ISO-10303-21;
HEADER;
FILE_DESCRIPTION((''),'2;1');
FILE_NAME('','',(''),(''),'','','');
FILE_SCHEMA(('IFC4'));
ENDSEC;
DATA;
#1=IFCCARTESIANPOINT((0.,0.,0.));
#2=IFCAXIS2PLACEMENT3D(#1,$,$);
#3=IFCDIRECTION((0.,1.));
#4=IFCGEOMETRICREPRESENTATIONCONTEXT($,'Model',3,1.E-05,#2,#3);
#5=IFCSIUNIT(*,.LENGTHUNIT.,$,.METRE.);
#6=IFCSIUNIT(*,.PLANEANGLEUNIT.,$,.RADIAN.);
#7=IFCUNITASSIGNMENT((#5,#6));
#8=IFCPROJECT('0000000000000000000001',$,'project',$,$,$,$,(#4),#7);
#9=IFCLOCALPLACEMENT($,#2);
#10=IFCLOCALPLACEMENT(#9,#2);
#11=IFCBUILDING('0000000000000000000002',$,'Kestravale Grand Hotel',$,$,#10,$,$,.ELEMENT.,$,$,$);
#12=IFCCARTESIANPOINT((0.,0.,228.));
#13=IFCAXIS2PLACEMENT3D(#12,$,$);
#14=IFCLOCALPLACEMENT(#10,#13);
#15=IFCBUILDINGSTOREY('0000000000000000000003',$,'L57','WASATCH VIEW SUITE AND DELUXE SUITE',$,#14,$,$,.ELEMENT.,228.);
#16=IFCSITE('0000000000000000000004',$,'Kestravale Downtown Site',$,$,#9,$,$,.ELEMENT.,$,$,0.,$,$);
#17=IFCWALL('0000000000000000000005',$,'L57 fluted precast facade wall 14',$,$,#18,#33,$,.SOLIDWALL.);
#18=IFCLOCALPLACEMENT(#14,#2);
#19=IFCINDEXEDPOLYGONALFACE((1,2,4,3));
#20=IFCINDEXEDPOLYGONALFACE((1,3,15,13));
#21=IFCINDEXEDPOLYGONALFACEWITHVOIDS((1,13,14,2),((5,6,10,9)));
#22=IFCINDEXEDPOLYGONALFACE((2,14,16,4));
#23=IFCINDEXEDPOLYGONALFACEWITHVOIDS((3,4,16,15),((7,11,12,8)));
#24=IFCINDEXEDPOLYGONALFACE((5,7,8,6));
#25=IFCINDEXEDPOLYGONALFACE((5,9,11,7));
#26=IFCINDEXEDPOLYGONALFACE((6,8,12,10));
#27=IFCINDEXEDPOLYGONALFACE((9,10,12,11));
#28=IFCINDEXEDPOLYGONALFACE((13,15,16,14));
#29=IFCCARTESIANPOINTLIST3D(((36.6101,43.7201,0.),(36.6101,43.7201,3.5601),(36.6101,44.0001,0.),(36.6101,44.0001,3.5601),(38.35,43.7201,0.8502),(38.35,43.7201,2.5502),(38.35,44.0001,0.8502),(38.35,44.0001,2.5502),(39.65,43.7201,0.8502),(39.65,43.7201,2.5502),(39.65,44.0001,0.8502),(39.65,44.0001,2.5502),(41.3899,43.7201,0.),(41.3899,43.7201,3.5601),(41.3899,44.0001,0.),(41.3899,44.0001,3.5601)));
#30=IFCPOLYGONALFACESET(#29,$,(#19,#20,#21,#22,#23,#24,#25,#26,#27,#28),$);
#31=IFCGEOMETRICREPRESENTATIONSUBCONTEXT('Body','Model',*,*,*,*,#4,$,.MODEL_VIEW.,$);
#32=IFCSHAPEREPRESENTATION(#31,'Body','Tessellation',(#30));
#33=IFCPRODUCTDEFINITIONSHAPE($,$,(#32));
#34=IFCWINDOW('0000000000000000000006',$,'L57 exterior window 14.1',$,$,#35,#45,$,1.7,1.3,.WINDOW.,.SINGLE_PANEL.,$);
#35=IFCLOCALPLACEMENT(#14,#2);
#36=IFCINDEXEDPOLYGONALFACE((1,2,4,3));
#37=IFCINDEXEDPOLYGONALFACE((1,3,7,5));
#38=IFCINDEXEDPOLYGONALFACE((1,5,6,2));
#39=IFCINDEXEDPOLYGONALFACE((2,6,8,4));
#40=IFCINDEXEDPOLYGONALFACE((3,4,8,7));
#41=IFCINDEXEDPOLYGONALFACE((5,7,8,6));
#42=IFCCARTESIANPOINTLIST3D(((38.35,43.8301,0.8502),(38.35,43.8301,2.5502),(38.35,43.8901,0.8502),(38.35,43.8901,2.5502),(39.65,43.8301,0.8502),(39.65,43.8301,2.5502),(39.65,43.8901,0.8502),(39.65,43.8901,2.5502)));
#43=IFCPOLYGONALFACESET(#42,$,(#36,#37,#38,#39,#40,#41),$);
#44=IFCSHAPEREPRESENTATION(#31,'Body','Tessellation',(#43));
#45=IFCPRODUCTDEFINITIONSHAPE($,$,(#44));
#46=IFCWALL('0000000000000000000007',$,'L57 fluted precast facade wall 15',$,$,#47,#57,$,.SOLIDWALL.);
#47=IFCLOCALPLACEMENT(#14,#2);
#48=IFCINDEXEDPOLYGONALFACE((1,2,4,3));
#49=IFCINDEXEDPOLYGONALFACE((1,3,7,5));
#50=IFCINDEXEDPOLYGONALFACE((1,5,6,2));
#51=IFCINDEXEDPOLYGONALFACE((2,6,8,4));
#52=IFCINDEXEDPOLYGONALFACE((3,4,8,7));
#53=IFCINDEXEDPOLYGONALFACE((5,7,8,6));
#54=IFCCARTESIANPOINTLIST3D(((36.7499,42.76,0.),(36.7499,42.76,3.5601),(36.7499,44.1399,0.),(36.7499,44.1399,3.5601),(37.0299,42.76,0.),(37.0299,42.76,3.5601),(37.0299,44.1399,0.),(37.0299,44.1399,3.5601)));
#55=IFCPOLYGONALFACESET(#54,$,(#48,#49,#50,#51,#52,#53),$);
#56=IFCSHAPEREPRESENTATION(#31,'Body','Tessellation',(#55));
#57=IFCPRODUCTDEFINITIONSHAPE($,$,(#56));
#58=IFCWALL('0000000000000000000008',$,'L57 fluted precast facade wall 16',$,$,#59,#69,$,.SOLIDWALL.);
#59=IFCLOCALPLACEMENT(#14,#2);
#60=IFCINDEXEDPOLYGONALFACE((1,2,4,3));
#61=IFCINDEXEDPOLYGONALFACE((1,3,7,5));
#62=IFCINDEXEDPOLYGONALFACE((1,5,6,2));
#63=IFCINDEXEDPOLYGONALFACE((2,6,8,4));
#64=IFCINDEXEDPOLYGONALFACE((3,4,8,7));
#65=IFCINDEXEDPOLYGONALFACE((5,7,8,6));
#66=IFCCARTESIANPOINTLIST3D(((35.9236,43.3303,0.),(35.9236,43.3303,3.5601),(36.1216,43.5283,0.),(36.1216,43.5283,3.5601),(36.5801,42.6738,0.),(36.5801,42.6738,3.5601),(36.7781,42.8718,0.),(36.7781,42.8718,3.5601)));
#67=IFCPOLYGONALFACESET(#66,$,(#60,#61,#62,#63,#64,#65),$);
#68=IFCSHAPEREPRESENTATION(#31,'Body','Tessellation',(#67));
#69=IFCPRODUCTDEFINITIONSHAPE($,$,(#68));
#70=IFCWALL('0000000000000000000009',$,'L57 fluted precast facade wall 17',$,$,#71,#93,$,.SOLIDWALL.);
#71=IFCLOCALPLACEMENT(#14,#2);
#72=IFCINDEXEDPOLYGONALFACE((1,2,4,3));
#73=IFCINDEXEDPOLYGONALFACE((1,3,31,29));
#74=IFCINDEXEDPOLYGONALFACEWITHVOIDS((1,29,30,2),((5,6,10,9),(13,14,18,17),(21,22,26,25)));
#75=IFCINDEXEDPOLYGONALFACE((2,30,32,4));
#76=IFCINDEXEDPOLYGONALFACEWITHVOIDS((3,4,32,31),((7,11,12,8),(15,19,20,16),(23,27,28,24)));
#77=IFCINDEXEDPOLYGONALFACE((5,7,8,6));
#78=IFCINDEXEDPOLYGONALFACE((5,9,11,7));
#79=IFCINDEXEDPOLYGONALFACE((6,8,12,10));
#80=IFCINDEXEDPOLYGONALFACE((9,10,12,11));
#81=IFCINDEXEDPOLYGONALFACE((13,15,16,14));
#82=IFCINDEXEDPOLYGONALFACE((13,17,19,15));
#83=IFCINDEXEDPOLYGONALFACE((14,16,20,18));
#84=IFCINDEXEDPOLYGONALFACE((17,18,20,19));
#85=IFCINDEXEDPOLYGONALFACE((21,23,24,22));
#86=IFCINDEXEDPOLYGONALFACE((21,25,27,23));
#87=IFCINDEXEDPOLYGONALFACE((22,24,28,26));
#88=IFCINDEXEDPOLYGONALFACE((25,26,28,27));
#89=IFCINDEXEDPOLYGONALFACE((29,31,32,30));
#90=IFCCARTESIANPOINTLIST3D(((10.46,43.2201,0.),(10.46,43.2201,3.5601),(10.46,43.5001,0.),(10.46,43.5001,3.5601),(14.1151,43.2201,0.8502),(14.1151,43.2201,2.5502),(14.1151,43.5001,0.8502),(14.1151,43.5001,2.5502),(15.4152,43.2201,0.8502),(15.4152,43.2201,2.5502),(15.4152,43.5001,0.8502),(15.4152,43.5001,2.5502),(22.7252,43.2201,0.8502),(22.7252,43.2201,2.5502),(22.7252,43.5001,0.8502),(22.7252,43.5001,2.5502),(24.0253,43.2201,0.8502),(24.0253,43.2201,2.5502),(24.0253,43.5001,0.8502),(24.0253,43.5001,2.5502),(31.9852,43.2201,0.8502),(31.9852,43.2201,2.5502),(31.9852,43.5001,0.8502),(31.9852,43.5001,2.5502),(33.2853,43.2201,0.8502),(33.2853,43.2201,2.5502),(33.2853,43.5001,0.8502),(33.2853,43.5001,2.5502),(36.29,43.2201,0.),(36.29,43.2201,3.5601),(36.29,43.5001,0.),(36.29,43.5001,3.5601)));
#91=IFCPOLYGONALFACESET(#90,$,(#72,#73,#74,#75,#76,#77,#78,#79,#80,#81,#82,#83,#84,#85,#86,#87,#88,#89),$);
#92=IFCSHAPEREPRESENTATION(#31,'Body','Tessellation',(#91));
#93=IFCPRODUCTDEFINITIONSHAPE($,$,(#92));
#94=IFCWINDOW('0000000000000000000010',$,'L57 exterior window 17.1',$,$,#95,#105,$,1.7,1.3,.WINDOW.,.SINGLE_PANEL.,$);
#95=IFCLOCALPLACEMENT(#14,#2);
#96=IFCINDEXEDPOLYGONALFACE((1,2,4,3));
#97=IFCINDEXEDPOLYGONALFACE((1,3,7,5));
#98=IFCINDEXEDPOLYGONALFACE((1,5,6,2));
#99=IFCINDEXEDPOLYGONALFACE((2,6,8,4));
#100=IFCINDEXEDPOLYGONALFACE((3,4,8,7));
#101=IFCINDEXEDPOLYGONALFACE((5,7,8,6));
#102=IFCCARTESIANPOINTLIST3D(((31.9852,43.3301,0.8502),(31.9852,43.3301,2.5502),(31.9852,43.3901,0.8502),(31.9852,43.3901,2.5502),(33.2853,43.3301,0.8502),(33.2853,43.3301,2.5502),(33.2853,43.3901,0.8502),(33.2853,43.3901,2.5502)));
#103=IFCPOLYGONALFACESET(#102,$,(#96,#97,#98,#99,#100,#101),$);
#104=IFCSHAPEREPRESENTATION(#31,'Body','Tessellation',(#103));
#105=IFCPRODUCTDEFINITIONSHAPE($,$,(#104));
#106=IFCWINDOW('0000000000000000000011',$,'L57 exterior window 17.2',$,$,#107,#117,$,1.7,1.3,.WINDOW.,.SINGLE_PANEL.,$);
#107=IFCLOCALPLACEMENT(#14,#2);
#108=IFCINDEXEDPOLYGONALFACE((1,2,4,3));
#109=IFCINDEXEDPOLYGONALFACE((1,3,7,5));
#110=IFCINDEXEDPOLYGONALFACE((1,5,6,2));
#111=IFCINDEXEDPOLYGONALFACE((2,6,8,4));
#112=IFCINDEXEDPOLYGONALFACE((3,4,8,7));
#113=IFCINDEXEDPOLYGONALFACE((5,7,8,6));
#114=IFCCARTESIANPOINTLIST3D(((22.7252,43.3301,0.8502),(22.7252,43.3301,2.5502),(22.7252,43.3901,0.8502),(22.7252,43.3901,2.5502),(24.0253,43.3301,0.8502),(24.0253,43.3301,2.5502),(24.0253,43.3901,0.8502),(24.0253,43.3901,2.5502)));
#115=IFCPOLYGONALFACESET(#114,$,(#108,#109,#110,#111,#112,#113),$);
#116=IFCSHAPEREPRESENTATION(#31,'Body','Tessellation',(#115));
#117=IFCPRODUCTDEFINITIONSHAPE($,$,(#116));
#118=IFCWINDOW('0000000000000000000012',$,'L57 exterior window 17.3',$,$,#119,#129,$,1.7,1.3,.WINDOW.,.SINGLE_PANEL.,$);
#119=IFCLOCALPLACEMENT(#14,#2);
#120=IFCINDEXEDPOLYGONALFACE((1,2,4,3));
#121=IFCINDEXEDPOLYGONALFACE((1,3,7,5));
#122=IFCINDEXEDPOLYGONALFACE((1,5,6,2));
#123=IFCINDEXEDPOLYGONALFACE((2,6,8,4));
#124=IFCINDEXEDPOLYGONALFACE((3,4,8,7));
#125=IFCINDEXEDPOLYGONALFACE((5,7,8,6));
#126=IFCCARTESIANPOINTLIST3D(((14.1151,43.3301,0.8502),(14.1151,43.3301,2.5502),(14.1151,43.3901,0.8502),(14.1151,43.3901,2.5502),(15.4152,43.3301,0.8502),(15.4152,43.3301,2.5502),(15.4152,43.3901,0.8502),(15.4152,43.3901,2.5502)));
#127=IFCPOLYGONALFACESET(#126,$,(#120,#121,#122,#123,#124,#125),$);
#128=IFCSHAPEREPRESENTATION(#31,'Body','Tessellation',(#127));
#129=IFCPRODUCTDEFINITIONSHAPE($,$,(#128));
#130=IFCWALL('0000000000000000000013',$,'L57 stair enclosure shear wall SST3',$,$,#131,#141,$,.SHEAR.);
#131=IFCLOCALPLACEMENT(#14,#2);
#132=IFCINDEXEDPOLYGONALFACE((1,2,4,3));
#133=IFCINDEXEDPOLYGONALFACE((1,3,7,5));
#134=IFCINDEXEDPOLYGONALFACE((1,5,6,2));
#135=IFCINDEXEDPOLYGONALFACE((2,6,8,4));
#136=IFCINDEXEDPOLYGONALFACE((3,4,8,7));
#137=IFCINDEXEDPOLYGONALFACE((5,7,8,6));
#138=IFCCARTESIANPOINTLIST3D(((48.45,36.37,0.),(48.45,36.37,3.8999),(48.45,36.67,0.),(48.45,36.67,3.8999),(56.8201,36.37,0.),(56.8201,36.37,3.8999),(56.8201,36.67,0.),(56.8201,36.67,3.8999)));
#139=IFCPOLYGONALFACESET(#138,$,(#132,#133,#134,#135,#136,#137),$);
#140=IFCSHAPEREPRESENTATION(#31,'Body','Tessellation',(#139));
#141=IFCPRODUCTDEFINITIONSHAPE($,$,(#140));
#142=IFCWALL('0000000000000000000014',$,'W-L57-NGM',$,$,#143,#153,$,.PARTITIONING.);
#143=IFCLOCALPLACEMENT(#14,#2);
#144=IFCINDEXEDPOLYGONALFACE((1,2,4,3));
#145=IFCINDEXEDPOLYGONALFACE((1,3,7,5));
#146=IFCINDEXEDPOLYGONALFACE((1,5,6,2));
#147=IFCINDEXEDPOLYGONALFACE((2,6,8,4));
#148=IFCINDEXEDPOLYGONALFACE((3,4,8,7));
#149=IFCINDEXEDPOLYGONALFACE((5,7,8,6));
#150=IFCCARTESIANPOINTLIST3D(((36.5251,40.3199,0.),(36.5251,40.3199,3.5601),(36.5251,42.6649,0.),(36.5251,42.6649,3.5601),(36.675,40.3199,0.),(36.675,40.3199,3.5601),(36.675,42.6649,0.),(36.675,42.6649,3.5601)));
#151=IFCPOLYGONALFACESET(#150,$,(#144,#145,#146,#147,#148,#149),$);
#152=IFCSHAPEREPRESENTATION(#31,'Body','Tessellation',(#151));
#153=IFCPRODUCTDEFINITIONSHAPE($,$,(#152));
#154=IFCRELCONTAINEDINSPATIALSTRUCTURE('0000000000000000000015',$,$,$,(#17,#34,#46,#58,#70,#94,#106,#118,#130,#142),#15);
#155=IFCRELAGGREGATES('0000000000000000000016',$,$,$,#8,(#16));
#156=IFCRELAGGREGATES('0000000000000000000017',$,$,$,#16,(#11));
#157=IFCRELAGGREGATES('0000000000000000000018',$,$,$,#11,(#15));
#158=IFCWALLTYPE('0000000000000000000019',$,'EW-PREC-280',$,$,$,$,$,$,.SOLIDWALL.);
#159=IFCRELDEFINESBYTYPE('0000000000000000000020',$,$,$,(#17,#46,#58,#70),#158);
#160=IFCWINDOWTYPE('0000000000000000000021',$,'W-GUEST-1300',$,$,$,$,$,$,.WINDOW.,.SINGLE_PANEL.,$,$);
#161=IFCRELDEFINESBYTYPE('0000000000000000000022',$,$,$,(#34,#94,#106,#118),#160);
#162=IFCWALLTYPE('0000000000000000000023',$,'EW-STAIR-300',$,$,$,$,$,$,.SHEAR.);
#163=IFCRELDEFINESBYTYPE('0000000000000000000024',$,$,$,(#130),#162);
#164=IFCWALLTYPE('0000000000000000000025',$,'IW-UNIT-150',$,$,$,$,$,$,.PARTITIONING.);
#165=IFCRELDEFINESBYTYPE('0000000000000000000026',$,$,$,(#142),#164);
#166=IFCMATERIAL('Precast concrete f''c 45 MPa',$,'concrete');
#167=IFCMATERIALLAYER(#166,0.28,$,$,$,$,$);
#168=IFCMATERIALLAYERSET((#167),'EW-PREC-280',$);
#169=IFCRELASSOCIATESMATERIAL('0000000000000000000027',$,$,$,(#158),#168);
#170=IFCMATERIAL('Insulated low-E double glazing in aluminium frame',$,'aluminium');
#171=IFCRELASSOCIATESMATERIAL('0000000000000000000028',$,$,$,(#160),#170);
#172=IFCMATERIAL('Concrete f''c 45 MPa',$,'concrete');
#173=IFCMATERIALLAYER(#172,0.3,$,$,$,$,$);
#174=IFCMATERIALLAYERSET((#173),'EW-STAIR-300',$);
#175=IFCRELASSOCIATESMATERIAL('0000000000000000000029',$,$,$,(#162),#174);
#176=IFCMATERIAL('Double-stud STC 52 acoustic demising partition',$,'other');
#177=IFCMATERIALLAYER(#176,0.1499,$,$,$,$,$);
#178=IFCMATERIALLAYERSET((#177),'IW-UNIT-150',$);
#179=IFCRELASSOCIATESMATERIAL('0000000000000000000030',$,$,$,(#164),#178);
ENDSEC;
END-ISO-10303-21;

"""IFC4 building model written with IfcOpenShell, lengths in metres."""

from ifc_helpers import new_model, si_unit, direction, frame, frame_2d, origin, place, context, subcontext, project, spatial, rectangle, extrude, material, layer, layer_set, type_object, element, fill, save


model = new_model("IFC4")

# Units and contexts
model_context = context("Model", 3, precision=1e-05, world=origin(), true_north=direction((0.0, 1.0)))
body_context = subcontext(model_context, "Body", "Model", "MODEL_VIEW")
ifc_project = project(units=[si_unit("LENGTHUNIT", "METRE"), si_unit("PLANEANGLEUNIT", "RADIAN")], contexts=[model_context])

# Site, building, storey
site_placement = place(None, origin())
site = spatial("IfcSite", under=ifc_project, at=site_placement, Name="Kestravale Downtown Site", CompositionType="ELEMENT", RefElevation=0.0)
building_placement = place(site_placement, origin())
building = spatial("IfcBuilding", under=site, at=building_placement, Name="Kestravale Grand Hotel", CompositionType="ELEMENT")
storey_placement = place(building_placement, frame((0.0, 0.0, 228.0)))
storey = spatial("IfcBuildingStorey", under=building, at=storey_placement, Name="L57", Description="WASATCH VIEW SUITE AND DELUXE SUITE", CompositionType="ELEMENT", Elevation=228.0)

# Shared definitions
ifc_material_1 = material(Name="Precast concrete f'c 45 MPa", Category="concrete")
ifc_layer_1 = layer(ifc_material_1, 0.28)
ifc_layer_set_1 = layer_set([ifc_layer_1], Name="EW-PREC-280")
wall_type_1 = type_object("IfcWallType", Name="EW-PREC-280", PredefinedType="SOLIDWALL", material=ifc_layer_set_1)

# Wall, opening, window
ifc_material_2 = material(Name="Insulated low-E double glazing in aluminium frame", Category="aluminium")
window_type = type_object("IfcWindowType", Name="W-GUEST-1300", PartitioningType="SINGLE_PANEL", PredefinedType="WINDOW", material=ifc_material_2)
wall_1_placement = place(storey_placement, frame((41.3899, 43.8601, 0.0), z_axis=(0.0, 0.0, 1.0), x_axis=(-1.0, 0.0, 0.0)))
wall_1 = element("IfcWall", 1, at=wall_1_placement, inside=storey, type_object=wall_type_1, Name="L57 fluted precast facade wall 14", PredefinedType="SOLIDWALL", context=body_context, shape_type="SweptSolid", body=[
    extrude(rectangle(XDim=4.7798, YDim=0.28, at=frame_2d((2.3899, 0.0))), origin(), (0.0, 0.0, 1.0), 3.5601),
])
opening_1_placement = place(wall_1_placement, frame((1.74, 0.0, 0.8501)))
opening_1 = element("IfcOpeningElement", 2, at=opening_1_placement, cuts=wall_1, PredefinedType="OPENING", context=body_context, shape_type="SweptSolid", body=[
    extrude(rectangle(XDim=1.3, YDim=1.7, at=frame_2d((0.6499, 0.8501))), frame((0.0, 0.1499, 0.0), z_axis=(0.0, -1.0, 0.0), x_axis=(1.0, 0.0, 0.0)), (0.0, 0.0, 1.0), 0.3),
])
window_1_placement = place(opening_1_placement, origin())
window_1 = element("IfcWindow", 3, at=window_1_placement, inside=storey, type_object=window_type, Name="L57 exterior window 14.1", OverallHeight=1.7, OverallWidth=1.3, PartitioningType="SINGLE_PANEL", PredefinedType="WINDOW", context=body_context, shape_type="SweptSolid", body=[
    extrude(rectangle(XDim=1.3, YDim=1.7, at=frame_2d((0.6499, 0.8501))), frame((0.0, 0.03, 0.0), z_axis=(0.0, -1.0, 0.0), x_axis=(1.0, 0.0, 0.0)), (0.0, 0.0, 1.0), 0.0601),
])
fill(opening_1, window_1)

# Walls
wall_2_placement = place(storey_placement, frame((36.8899, 44.1399, 0.0), z_axis=(0.0, 0.0, 1.0), x_axis=(0.0, -1.0, 0.0)))
element("IfcWall", 4, at=wall_2_placement, inside=storey, type_object=wall_type_1, Name="L57 fluted precast facade wall 15", PredefinedType="SOLIDWALL", context=body_context, shape_type="SweptSolid", body=[
    extrude(rectangle(XDim=1.3799, YDim=0.28, at=frame_2d((0.6899, 0.0))), origin(), (0.0, 0.0, 1.0), 3.5601),
])
wall_3_placement = place(storey_placement, frame((36.6792, 42.7727, 0.0), z_axis=(0.0, 0.0, 1.0), x_axis=(-0.707107, 0.707107, 0.0)))
element("IfcWall", 5, at=wall_3_placement, inside=storey, type_object=wall_type_1, Name="L57 fluted precast facade wall 16", PredefinedType="SOLIDWALL", context=body_context, shape_type="SweptSolid", body=[
    extrude(rectangle(XDim=0.9285, YDim=0.28, at=frame_2d((0.4644, 0.0))), origin(), (0.0, 0.0, 1.0), 3.5601),
])

# Wall, openings, windows
wall_4_placement = place(storey_placement, frame((36.29, 43.3601, 0.0), z_axis=(0.0, 0.0, 1.0), x_axis=(-1.0, 0.0, 0.0)))
wall_4 = element("IfcWall", 6, at=wall_4_placement, inside=storey, type_object=wall_type_1, Name="L57 fluted precast facade wall 17", PredefinedType="SOLIDWALL", context=body_context, shape_type="SweptSolid", body=[
    extrude(rectangle(XDim=25.8301, YDim=0.28, at=frame_2d((12.915, 0.0))), origin(), (0.0, 0.0, 1.0), 3.5601),
])
opening_2_placement = place(wall_4_placement, frame((3.0049, 0.0, 0.8501)))
opening_2 = element("IfcOpeningElement", 7, at=opening_2_placement, cuts=wall_4, PredefinedType="OPENING", context=body_context, shape_type="SweptSolid", body=[
    extrude(rectangle(XDim=1.3, YDim=1.7, at=frame_2d((0.6499, 0.8501))), frame((0.0, 0.1499, 0.0), z_axis=(0.0, -1.0, 0.0), x_axis=(1.0, 0.0, 0.0)), (0.0, 0.0, 1.0), 0.3),
])
opening_3_placement = place(wall_4_placement, frame((12.2649, 0.0, 0.8501)))
opening_3 = element("IfcOpeningElement", 8, at=opening_3_placement, cuts=wall_4, PredefinedType="OPENING", context=body_context, shape_type="SweptSolid", body=[
    extrude(rectangle(XDim=1.3, YDim=1.7, at=frame_2d((0.6499, 0.8501))), frame((0.0, 0.1499, 0.0), z_axis=(0.0, -1.0, 0.0), x_axis=(1.0, 0.0, 0.0)), (0.0, 0.0, 1.0), 0.3),
])
opening_4_placement = place(wall_4_placement, frame((20.875, 0.0, 0.8501)))
opening_4 = element("IfcOpeningElement", 9, at=opening_4_placement, cuts=wall_4, PredefinedType="OPENING", context=body_context, shape_type="SweptSolid", body=[
    extrude(rectangle(XDim=1.3, YDim=1.7, at=frame_2d((0.6499, 0.8501))), frame((0.0, 0.1499, 0.0), z_axis=(0.0, -1.0, 0.0), x_axis=(1.0, 0.0, 0.0)), (0.0, 0.0, 1.0), 0.3),
])
window_2_placement = place(opening_2_placement, origin())
window_2 = element("IfcWindow", 10, at=window_2_placement, inside=storey, type_object=window_type, Name="L57 exterior window 17.1", OverallHeight=1.7, OverallWidth=1.3, PartitioningType="SINGLE_PANEL", PredefinedType="WINDOW", context=body_context, shape_type="SweptSolid", body=[
    extrude(rectangle(XDim=1.3, YDim=1.7, at=frame_2d((0.6499, 0.8501))), frame((0.0, 0.03, 0.0), z_axis=(0.0, -1.0, 0.0), x_axis=(1.0, 0.0, 0.0)), (0.0, 0.0, 1.0), 0.0601),
])
fill(opening_2, window_2)
window_3_placement = place(opening_3_placement, origin())
window_3 = element("IfcWindow", 11, at=window_3_placement, inside=storey, type_object=window_type, Name="L57 exterior window 17.2", OverallHeight=1.7, OverallWidth=1.3, PartitioningType="SINGLE_PANEL", PredefinedType="WINDOW", context=body_context, shape_type="SweptSolid", body=[
    extrude(rectangle(XDim=1.3, YDim=1.7, at=frame_2d((0.6499, 0.8501))), frame((0.0, 0.03, 0.0), z_axis=(0.0, -1.0, 0.0), x_axis=(1.0, 0.0, 0.0)), (0.0, 0.0, 1.0), 0.0601),
])
fill(opening_3, window_3)
window_4_placement = place(opening_4_placement, origin())
window_4 = element("IfcWindow", 12, at=window_4_placement, inside=storey, type_object=window_type, Name="L57 exterior window 17.3", OverallHeight=1.7, OverallWidth=1.3, PartitioningType="SINGLE_PANEL", PredefinedType="WINDOW", context=body_context, shape_type="SweptSolid", body=[
    extrude(rectangle(XDim=1.3, YDim=1.7, at=frame_2d((0.6499, 0.8501))), frame((0.0, 0.03, 0.0), z_axis=(0.0, -1.0, 0.0), x_axis=(1.0, 0.0, 0.0)), (0.0, 0.0, 1.0), 0.0601),
])
fill(opening_4, window_4)

# Walls
ifc_material_3 = material(Name="Concrete f'c 45 MPa", Category="concrete")
ifc_layer_2 = layer(ifc_material_3, 0.3)
ifc_layer_set_2 = layer_set([ifc_layer_2], Name="EW-STAIR-300")
wall_type_2 = type_object("IfcWallType", Name="EW-STAIR-300", PredefinedType="SHEAR", material=ifc_layer_set_2)
wall_5_placement = place(storey_placement, frame((48.45, 36.52, 0.0), z_axis=(0.0, 0.0, 1.0), x_axis=(1.0, 0.0, 0.0)))
element("IfcWall", 13, at=wall_5_placement, inside=storey, type_object=wall_type_2, Name="L57 stair enclosure shear wall SST3", PredefinedType="SHEAR", context=body_context, shape_type="SweptSolid", body=[
    extrude(rectangle(XDim=8.3701, YDim=0.3, at=frame_2d((4.1851, 0.0))), origin(), (0.0, 0.0, 1.0), 3.8999),
])
ifc_material_4 = material(Name="Double-stud STC 52 acoustic demising partition", Category="other")
ifc_layer_3 = layer(ifc_material_4, 0.1499)
ifc_layer_set_3 = layer_set([ifc_layer_3], Name="IW-UNIT-150")
wall_type_3 = type_object("IfcWallType", Name="IW-UNIT-150", PredefinedType="PARTITIONING", material=ifc_layer_set_3)
wall_6_placement = place(storey_placement, frame((36.6001, 40.3201, 0.0), z_axis=(0.0, 0.0, 1.0), x_axis=(0.0, 1.0, 0.0)))
element("IfcWall", 14, at=wall_6_placement, inside=storey, type_object=wall_type_3, Name="W-L57-NGM", PredefinedType="PARTITIONING", context=body_context, shape_type="SweptSolid", body=[
    extrude(rectangle(XDim=2.345, YDim=0.1499, at=frame_2d((1.1724, 0.0))), origin(), (0.0, 0.0, 1.0), 3.5601),
])

save(model, "model.ifc")
